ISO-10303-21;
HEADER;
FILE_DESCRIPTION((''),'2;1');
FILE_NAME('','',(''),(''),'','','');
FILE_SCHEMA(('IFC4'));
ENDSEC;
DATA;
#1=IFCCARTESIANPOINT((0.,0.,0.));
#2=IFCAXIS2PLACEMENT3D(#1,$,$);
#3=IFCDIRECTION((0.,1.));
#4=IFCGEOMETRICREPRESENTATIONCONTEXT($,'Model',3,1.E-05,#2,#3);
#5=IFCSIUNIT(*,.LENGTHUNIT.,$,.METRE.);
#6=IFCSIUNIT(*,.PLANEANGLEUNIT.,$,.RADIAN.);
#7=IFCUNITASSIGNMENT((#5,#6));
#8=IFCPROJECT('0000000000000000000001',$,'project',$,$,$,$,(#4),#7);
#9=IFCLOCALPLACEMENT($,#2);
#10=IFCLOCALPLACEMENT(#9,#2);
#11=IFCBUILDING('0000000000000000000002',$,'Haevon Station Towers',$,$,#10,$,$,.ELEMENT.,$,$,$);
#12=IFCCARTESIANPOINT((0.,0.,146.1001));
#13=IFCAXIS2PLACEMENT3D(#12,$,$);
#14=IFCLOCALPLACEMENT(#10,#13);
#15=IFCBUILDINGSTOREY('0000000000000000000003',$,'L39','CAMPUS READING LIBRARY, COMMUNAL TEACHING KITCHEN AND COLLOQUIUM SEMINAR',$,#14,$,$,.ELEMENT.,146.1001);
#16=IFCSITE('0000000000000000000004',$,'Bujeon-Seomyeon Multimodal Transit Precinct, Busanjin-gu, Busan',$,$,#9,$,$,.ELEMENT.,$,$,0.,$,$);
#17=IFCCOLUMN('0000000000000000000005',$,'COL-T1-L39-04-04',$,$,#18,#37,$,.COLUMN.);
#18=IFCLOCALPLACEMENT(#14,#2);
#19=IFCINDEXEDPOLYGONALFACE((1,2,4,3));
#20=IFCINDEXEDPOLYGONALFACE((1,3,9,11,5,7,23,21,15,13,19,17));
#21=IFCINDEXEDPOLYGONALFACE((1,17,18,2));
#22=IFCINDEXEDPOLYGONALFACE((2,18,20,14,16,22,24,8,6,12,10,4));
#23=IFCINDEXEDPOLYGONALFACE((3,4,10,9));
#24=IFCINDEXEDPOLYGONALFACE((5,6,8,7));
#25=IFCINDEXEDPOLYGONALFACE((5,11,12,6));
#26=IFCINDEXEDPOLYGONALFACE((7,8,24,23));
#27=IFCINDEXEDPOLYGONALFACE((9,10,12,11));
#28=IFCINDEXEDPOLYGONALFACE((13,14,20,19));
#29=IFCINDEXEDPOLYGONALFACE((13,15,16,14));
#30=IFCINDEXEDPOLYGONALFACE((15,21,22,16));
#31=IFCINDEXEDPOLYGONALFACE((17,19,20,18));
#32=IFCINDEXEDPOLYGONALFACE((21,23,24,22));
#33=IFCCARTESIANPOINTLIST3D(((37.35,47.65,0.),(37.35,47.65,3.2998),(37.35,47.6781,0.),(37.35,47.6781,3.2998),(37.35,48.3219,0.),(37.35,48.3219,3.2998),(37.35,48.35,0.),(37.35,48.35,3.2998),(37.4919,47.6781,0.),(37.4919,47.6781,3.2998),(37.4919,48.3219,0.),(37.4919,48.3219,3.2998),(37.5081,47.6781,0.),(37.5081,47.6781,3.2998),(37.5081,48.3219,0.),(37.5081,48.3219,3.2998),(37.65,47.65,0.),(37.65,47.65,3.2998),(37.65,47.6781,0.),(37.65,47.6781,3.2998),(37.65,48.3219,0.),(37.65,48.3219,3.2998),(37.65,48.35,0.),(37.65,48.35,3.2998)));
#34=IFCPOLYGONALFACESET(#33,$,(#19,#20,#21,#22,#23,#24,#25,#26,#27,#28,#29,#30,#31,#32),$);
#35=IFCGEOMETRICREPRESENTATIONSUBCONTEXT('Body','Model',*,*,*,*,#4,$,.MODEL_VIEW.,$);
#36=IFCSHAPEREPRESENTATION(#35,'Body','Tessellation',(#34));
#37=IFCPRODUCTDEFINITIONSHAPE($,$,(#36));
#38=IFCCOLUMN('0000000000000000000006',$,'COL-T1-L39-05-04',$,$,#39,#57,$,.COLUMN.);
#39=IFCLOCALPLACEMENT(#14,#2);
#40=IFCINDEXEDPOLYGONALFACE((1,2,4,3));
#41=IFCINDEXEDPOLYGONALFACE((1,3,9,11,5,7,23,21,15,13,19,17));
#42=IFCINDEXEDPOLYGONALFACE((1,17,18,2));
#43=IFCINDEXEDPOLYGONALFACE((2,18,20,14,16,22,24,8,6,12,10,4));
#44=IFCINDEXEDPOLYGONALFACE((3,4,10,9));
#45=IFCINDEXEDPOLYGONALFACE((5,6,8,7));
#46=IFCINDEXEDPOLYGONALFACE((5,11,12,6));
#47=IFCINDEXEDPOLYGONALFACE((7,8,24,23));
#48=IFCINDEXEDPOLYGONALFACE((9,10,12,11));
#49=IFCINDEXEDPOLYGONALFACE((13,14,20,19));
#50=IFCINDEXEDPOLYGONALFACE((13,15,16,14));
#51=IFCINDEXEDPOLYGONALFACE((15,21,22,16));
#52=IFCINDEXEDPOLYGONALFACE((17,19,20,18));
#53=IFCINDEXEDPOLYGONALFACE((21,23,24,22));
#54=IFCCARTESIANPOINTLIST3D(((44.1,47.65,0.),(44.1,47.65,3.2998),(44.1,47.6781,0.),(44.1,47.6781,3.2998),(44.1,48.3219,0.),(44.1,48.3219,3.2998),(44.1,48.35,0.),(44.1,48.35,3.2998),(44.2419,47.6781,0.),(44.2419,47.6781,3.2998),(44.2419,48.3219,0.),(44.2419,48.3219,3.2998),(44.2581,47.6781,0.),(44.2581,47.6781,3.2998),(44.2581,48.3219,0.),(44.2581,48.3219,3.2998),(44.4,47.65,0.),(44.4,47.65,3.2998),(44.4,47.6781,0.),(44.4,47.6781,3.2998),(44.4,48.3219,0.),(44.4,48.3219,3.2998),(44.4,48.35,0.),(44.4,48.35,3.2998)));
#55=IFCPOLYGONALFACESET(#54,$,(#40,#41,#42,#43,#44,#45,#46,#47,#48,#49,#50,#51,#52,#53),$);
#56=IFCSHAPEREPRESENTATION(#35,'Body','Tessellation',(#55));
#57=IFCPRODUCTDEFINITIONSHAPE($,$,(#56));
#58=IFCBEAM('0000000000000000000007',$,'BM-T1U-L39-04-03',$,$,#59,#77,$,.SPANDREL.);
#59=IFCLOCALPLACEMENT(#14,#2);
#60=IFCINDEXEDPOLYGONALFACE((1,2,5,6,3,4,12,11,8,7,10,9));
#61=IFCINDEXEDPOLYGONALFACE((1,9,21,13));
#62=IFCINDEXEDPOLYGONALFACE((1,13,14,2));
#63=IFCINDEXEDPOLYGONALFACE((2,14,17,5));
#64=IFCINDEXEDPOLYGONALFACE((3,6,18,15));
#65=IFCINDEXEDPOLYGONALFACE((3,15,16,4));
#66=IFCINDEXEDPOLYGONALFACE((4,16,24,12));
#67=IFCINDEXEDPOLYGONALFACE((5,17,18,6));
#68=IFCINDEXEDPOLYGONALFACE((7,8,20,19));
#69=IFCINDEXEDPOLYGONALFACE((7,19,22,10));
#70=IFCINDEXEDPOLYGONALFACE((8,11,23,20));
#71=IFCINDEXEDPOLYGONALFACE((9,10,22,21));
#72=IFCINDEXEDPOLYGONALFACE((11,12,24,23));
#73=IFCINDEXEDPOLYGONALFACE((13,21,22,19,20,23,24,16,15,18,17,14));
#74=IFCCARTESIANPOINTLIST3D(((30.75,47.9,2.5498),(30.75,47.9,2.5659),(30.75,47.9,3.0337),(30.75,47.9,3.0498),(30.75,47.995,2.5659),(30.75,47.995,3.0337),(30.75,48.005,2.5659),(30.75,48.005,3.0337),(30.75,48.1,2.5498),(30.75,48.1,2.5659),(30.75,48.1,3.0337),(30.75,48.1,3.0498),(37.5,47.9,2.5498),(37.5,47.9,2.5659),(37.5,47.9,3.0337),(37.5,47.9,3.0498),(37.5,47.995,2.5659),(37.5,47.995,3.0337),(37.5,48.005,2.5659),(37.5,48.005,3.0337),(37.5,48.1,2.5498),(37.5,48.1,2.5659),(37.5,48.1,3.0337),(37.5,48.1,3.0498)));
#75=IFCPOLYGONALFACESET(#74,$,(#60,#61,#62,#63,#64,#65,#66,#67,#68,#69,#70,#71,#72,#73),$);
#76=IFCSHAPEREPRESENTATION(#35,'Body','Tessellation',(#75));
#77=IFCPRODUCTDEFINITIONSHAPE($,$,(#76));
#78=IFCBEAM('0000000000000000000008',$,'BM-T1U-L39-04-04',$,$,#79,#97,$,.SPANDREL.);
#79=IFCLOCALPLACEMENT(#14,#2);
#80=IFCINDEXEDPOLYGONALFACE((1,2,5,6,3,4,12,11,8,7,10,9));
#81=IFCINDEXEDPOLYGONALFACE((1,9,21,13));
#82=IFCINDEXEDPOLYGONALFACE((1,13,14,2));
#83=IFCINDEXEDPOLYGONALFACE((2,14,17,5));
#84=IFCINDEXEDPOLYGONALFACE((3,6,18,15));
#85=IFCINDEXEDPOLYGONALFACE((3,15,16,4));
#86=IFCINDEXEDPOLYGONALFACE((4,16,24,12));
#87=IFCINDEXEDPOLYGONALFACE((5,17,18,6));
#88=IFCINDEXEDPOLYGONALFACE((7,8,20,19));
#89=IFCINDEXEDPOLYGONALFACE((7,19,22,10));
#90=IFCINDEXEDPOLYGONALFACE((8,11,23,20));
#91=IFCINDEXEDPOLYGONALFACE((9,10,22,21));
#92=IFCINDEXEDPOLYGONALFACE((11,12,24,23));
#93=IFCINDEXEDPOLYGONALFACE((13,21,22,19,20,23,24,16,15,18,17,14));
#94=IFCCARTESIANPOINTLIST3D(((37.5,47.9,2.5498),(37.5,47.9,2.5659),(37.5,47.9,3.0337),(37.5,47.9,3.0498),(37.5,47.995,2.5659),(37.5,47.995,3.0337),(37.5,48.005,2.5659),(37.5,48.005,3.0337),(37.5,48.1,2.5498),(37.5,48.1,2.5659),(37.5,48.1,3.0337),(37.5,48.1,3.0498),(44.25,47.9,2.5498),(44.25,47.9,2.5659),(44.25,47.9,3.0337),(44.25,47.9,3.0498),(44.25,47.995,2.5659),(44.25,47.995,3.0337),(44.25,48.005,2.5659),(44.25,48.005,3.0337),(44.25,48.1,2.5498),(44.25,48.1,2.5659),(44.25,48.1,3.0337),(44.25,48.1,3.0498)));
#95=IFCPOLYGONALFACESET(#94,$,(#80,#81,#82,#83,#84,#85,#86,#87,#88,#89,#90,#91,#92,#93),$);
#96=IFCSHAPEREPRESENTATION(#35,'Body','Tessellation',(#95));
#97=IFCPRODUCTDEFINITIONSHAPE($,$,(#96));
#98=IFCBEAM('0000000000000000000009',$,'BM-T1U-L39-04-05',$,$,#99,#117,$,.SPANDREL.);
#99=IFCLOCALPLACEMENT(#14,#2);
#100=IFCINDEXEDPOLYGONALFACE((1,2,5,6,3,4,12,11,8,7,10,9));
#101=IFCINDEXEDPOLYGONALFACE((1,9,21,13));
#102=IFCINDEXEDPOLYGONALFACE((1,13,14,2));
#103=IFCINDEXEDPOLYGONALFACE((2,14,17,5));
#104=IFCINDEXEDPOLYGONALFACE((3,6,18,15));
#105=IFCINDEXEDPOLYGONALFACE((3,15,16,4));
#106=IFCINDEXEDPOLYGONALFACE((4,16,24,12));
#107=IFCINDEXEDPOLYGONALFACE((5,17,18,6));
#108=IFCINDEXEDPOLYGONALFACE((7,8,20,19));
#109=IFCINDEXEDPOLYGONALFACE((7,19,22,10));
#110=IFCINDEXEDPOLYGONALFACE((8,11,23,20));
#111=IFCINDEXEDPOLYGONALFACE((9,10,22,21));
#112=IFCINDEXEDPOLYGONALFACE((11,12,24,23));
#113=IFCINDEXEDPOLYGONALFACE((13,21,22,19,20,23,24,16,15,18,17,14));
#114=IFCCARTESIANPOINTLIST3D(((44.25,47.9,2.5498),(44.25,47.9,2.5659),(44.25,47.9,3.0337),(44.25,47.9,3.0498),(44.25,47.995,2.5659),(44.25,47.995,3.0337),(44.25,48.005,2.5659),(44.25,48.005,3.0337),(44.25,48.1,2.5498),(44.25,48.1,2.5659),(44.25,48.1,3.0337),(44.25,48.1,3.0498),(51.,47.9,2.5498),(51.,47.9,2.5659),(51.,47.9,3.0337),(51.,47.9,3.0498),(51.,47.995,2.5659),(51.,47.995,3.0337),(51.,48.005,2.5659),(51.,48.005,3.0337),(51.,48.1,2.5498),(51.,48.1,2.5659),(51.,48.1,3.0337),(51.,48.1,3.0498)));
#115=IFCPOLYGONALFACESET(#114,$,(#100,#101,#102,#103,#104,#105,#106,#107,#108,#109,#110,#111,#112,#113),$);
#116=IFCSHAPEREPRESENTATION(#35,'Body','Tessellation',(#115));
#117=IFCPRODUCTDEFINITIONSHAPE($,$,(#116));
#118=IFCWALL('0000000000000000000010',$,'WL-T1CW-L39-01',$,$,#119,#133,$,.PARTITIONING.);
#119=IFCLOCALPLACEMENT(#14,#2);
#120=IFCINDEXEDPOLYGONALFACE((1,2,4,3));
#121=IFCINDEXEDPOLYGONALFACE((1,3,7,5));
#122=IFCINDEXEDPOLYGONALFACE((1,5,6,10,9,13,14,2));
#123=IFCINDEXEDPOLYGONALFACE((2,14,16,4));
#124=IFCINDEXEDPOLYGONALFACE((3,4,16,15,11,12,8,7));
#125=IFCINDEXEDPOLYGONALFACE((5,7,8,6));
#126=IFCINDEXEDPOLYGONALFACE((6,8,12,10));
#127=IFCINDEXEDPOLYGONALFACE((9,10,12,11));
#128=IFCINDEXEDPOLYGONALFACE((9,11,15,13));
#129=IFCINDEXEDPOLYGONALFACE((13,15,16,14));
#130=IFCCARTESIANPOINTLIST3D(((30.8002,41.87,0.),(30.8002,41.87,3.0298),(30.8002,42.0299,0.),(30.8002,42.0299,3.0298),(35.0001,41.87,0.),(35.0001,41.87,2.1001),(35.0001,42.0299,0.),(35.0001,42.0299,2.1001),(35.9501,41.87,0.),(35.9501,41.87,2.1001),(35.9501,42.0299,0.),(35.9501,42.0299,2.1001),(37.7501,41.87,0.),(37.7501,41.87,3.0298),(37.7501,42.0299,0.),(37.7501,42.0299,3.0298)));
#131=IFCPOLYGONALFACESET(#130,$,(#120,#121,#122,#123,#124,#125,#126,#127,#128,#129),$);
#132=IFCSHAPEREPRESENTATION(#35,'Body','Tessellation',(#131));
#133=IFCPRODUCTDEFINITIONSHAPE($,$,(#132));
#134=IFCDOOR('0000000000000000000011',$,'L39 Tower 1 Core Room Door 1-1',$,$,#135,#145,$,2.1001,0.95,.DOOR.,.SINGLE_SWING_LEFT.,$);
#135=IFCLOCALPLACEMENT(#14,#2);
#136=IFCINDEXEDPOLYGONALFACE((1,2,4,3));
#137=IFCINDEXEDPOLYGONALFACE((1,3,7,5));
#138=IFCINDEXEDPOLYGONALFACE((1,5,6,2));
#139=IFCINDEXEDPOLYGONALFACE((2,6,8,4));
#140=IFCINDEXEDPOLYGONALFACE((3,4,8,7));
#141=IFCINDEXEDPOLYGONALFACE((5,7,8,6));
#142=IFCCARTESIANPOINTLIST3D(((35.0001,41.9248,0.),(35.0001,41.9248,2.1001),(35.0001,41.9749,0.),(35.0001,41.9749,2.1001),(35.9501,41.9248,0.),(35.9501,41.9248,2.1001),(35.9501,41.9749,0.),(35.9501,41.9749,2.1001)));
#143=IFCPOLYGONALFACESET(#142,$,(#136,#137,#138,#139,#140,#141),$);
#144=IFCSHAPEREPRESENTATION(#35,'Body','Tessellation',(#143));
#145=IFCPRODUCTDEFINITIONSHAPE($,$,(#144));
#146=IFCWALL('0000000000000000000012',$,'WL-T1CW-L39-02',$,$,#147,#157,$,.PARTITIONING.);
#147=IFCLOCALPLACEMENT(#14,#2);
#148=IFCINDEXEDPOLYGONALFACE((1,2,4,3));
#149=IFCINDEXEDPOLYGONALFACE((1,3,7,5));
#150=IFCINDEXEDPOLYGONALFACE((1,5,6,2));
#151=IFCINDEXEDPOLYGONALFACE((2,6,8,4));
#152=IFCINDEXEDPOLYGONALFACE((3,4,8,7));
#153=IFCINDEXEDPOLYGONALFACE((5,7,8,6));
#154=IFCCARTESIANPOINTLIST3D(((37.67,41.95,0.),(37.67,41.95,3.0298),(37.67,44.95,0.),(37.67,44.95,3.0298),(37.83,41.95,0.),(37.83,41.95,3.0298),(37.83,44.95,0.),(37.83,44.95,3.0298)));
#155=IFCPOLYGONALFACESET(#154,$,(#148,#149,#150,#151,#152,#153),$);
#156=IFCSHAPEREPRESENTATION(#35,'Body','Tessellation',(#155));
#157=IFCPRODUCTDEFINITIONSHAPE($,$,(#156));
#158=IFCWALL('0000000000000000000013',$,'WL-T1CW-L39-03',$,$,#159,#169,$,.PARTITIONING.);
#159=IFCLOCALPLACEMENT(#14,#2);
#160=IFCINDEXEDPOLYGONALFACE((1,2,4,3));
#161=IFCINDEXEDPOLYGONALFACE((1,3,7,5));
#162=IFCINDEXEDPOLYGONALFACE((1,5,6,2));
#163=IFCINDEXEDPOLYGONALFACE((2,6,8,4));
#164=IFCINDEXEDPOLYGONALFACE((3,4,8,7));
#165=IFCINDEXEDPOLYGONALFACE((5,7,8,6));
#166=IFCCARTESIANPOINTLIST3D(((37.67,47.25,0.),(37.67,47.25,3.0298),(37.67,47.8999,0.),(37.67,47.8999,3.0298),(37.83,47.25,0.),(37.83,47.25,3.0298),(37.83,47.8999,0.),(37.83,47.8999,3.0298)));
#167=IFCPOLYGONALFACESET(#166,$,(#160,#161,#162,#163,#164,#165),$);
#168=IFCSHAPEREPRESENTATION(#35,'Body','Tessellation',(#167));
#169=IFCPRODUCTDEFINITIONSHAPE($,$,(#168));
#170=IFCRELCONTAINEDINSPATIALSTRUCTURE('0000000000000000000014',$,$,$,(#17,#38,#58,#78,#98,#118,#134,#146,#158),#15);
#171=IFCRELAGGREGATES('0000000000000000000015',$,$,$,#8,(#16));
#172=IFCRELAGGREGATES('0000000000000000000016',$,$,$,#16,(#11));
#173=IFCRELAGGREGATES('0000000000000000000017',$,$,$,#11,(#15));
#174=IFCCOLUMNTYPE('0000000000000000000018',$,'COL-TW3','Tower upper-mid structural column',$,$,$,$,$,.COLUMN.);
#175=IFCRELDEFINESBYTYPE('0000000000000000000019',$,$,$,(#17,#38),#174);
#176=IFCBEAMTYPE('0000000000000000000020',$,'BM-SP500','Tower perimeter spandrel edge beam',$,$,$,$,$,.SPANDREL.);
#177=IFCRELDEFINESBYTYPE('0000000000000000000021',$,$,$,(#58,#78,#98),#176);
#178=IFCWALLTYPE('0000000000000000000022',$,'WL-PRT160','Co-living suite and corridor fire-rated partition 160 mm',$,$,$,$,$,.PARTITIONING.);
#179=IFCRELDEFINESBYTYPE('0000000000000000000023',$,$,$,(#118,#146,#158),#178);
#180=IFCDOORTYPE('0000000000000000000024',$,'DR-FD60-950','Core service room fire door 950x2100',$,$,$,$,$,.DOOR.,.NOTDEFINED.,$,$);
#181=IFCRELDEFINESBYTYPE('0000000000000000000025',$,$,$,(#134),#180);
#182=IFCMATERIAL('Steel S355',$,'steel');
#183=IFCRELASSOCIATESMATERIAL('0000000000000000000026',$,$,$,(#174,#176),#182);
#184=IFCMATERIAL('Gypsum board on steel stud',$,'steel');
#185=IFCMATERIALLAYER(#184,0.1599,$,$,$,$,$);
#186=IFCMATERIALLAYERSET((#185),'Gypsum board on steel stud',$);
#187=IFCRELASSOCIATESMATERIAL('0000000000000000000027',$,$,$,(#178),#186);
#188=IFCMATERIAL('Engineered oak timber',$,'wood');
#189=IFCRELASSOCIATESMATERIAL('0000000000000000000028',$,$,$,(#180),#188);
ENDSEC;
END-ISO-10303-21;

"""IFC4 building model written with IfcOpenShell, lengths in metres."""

from ifc_helpers import new_model, si_unit, direction, frame, frame_2d, origin, origin_2d, place, context, subcontext, project, spatial, rectangle, i_section, extrude, material, layer, layer_set, material_profile, profile_set, type_object, element, fill, save


model = new_model("IFC4")

# Units and contexts
model_context = context("Model", 3, precision=1e-05, world=origin(), true_north=direction((0.0, 1.0)))
body_context = subcontext(model_context, "Body", "Model", "MODEL_VIEW")
ifc_project = project(units=[si_unit("LENGTHUNIT", "METRE"), si_unit("PLANEANGLEUNIT", "RADIAN")], contexts=[model_context])

# Site, building, storey
site_placement = place(None, origin())
site = spatial("IfcSite", under=ifc_project, at=site_placement, Name="Bujeon-Seomyeon Multimodal Transit Precinct, Busanjin-gu, Busan", CompositionType="ELEMENT", RefElevation=0.0)
building_placement = place(site_placement, origin())
building = spatial("IfcBuilding", under=site, at=building_placement, Name="Haevon Station Towers", CompositionType="ELEMENT")
storey_placement = place(building_placement, frame((0.0, 0.0, 146.1001)))
storey = spatial("IfcBuildingStorey", under=building, at=storey_placement, Name="L39", Description="CAMPUS READING LIBRARY, COMMUNAL TEACHING KITCHEN AND COLLOQUIUM SEMINAR", CompositionType="ELEMENT", Elevation=146.1001)

# Columns
ifc_material_1 = material(Name="Steel S355", Category="steel")
ifc_material_profile_1 = material_profile(ifc_material_1, i_section(OverallWidth=0.3, OverallDepth=0.7, WebThickness=0.0161, FlangeThickness=0.0281, at=origin_2d()), Name="H-700x300x16x28")
ifc_profile_set_1 = profile_set([ifc_material_profile_1], Name="Steel S355")
column_type = type_object("IfcColumnType", Name="COL-TW3", Description="Tower upper-mid structural column", PredefinedType="COLUMN", material=ifc_profile_set_1)
for number, where, z_axis, x_axis, name in (
    (1, (37.5, 48.0, 0.0), (0.0, 0.0, 1.0), (1.0, 0.0, 0.0), "COL-T1-L39-04-04"),
    (2, (44.25, 48.0, 0.0), (0.0, 0.0, 1.0), (1.0, 0.0, 0.0), "COL-T1-L39-05-04"),
):
    element("IfcColumn", number, at=place(storey_placement, frame(where, z_axis=z_axis, x_axis=x_axis)), inside=storey, type_object=column_type, Name=name, PredefinedType="COLUMN", context=body_context, shape_type="SweptSolid", body=[
        extrude(i_section(OverallWidth=0.3, OverallDepth=0.7, WebThickness=0.0161, FlangeThickness=0.0281, at=origin_2d()), origin(), (0.0, 0.0, 1.0), 3.2998),
    ])

# Beams
ifc_material_profile_2 = material_profile(ifc_material_1, i_section(OverallWidth=0.2, OverallDepth=0.5, WebThickness=0.01, FlangeThickness=0.0161, at=origin_2d()), Name="H-500x200x10x16")
ifc_profile_set_2 = profile_set([ifc_material_profile_2], Name="Steel S355")
beam_type = type_object("IfcBeamType", Name="BM-SP500", Description="Tower perimeter spandrel edge beam", PredefinedType="SPANDREL", material=ifc_profile_set_2)
for number, where, z_axis, x_axis, name in (
    (3, (30.75, 48.0, 2.7998), (1.0, 0.0, 0.0), (0.0, 1.0, 0.0), "BM-T1U-L39-04-03"),
    (4, (37.5, 48.0, 2.7998), (1.0, 0.0, 0.0), (0.0, 1.0, 0.0), "BM-T1U-L39-04-04"),
    (5, (44.25, 48.0, 2.7998), (1.0, 0.0, 0.0), (0.0, 1.0, 0.0), "BM-T1U-L39-04-05"),
):
    element("IfcBeam", number, at=place(storey_placement, frame(where, z_axis=z_axis, x_axis=x_axis)), inside=storey, type_object=beam_type, Name=name, PredefinedType="SPANDREL", context=body_context, shape_type="SweptSolid", body=[
        extrude(i_section(OverallWidth=0.2, OverallDepth=0.5, WebThickness=0.01, FlangeThickness=0.0161, at=origin_2d()), origin(), (0.0, 0.0, 1.0), 6.75),
    ])

# Wall, opening, door
ifc_material_2 = material(Name="Gypsum board on steel stud", Category="steel")
ifc_layer_1 = layer(ifc_material_2, 0.1599)
ifc_layer_set_1 = layer_set([ifc_layer_1], Name="Gypsum board on steel stud")
wall_type_1 = type_object("IfcWallType", Name="WL-PRT160", Description="Co-living suite and corridor fire-rated partition 160 mm", PredefinedType="PARTITIONING", material=ifc_layer_set_1)
wall_1_placement = place(storey_placement, frame((30.8, 41.95, 0.0), z_axis=(0.0, 0.0, 1.0), x_axis=(1.0, 0.0, 0.0)))
wall_1 = element("IfcWall", 6, at=wall_1_placement, inside=storey, type_object=wall_type_1, Name="WL-T1CW-L39-01", PredefinedType="PARTITIONING", context=body_context, shape_type="SweptSolid", body=[
    extrude(rectangle(XDim=6.95, YDim=0.1599, at=frame_2d((3.4751, 0.0))), origin(), (0.0, 0.0, 1.0), 3.0298),
])
opening_1_placement = place(wall_1_placement, frame((4.2, 0.0, 0.0)))
opening_1 = element("IfcOpeningElement", 7, at=opening_1_placement, cuts=wall_1, PredefinedType="OPENING", context=body_context, shape_type="SweptSolid", body=[
    extrude(rectangle(XDim=0.95, YDim=2.1001, at=frame_2d((0.4751, 1.05))), frame((0.0, 0.0898, 0.0), z_axis=(0.0, -1.0, 0.0), x_axis=(1.0, 0.0, 0.0)), (0.0, 0.0, 1.0), 0.1799),
])
ifc_material_3 = material(Name="Engineered oak timber", Category="wood")
door_type_1 = type_object("IfcDoorType", Name="DR-FD60-950", Description="Core service room fire door 950x2100", OperationType="NOTDEFINED", PredefinedType="DOOR", material=ifc_material_3)
door_1_placement = place(opening_1_placement, origin())
door_1 = element("IfcDoor", 8, at=door_1_placement, inside=storey, type_object=door_type_1, Name="L39 Tower 1 Core Room Door 1-1", OperationType="SINGLE_SWING_LEFT", OverallHeight=2.1001, OverallWidth=0.95, PredefinedType="DOOR", context=body_context, shape_type="SweptSolid", body=[
    extrude(rectangle(XDim=0.95, YDim=2.1001, at=frame_2d((0.4751, 1.05))), frame((0.0, 0.0249, 0.0), z_axis=(0.0, -1.0, 0.0), x_axis=(1.0, 0.0, 0.0)), (0.0, 0.0, 1.0), 0.05),
])
fill(opening_1, door_1)

# Walls
wall_2_placement = place(storey_placement, frame((37.75, 41.95, 0.0), z_axis=(0.0, 0.0, 1.0), x_axis=(0.0, 1.0, 0.0)))
element("IfcWall", 9, at=wall_2_placement, inside=storey, type_object=wall_type_1, Name="WL-T1CW-L39-02", PredefinedType="PARTITIONING", context=body_context, shape_type="SweptSolid", body=[
    extrude(rectangle(XDim=3.0, YDim=0.1599, at=frame_2d((1.5, 0.0))), origin(), (0.0, 0.0, 1.0), 3.0298),
])
wall_3_placement = place(storey_placement, frame((37.75, 47.25, 0.0), z_axis=(0.0, 0.0, 1.0), x_axis=(0.0, 1.0, 0.0)))
element("IfcWall", 10, at=wall_3_placement, inside=storey, type_object=wall_type_1, Name="WL-T1CW-L39-03", PredefinedType="PARTITIONING", context=body_context, shape_type="SweptSolid", body=[
    extrude(rectangle(XDim=0.6499, YDim=0.1599, at=frame_2d((0.325, 0.0))), origin(), (0.0, 0.0, 1.0), 3.0298),
])

save(model, "model.ifc")
